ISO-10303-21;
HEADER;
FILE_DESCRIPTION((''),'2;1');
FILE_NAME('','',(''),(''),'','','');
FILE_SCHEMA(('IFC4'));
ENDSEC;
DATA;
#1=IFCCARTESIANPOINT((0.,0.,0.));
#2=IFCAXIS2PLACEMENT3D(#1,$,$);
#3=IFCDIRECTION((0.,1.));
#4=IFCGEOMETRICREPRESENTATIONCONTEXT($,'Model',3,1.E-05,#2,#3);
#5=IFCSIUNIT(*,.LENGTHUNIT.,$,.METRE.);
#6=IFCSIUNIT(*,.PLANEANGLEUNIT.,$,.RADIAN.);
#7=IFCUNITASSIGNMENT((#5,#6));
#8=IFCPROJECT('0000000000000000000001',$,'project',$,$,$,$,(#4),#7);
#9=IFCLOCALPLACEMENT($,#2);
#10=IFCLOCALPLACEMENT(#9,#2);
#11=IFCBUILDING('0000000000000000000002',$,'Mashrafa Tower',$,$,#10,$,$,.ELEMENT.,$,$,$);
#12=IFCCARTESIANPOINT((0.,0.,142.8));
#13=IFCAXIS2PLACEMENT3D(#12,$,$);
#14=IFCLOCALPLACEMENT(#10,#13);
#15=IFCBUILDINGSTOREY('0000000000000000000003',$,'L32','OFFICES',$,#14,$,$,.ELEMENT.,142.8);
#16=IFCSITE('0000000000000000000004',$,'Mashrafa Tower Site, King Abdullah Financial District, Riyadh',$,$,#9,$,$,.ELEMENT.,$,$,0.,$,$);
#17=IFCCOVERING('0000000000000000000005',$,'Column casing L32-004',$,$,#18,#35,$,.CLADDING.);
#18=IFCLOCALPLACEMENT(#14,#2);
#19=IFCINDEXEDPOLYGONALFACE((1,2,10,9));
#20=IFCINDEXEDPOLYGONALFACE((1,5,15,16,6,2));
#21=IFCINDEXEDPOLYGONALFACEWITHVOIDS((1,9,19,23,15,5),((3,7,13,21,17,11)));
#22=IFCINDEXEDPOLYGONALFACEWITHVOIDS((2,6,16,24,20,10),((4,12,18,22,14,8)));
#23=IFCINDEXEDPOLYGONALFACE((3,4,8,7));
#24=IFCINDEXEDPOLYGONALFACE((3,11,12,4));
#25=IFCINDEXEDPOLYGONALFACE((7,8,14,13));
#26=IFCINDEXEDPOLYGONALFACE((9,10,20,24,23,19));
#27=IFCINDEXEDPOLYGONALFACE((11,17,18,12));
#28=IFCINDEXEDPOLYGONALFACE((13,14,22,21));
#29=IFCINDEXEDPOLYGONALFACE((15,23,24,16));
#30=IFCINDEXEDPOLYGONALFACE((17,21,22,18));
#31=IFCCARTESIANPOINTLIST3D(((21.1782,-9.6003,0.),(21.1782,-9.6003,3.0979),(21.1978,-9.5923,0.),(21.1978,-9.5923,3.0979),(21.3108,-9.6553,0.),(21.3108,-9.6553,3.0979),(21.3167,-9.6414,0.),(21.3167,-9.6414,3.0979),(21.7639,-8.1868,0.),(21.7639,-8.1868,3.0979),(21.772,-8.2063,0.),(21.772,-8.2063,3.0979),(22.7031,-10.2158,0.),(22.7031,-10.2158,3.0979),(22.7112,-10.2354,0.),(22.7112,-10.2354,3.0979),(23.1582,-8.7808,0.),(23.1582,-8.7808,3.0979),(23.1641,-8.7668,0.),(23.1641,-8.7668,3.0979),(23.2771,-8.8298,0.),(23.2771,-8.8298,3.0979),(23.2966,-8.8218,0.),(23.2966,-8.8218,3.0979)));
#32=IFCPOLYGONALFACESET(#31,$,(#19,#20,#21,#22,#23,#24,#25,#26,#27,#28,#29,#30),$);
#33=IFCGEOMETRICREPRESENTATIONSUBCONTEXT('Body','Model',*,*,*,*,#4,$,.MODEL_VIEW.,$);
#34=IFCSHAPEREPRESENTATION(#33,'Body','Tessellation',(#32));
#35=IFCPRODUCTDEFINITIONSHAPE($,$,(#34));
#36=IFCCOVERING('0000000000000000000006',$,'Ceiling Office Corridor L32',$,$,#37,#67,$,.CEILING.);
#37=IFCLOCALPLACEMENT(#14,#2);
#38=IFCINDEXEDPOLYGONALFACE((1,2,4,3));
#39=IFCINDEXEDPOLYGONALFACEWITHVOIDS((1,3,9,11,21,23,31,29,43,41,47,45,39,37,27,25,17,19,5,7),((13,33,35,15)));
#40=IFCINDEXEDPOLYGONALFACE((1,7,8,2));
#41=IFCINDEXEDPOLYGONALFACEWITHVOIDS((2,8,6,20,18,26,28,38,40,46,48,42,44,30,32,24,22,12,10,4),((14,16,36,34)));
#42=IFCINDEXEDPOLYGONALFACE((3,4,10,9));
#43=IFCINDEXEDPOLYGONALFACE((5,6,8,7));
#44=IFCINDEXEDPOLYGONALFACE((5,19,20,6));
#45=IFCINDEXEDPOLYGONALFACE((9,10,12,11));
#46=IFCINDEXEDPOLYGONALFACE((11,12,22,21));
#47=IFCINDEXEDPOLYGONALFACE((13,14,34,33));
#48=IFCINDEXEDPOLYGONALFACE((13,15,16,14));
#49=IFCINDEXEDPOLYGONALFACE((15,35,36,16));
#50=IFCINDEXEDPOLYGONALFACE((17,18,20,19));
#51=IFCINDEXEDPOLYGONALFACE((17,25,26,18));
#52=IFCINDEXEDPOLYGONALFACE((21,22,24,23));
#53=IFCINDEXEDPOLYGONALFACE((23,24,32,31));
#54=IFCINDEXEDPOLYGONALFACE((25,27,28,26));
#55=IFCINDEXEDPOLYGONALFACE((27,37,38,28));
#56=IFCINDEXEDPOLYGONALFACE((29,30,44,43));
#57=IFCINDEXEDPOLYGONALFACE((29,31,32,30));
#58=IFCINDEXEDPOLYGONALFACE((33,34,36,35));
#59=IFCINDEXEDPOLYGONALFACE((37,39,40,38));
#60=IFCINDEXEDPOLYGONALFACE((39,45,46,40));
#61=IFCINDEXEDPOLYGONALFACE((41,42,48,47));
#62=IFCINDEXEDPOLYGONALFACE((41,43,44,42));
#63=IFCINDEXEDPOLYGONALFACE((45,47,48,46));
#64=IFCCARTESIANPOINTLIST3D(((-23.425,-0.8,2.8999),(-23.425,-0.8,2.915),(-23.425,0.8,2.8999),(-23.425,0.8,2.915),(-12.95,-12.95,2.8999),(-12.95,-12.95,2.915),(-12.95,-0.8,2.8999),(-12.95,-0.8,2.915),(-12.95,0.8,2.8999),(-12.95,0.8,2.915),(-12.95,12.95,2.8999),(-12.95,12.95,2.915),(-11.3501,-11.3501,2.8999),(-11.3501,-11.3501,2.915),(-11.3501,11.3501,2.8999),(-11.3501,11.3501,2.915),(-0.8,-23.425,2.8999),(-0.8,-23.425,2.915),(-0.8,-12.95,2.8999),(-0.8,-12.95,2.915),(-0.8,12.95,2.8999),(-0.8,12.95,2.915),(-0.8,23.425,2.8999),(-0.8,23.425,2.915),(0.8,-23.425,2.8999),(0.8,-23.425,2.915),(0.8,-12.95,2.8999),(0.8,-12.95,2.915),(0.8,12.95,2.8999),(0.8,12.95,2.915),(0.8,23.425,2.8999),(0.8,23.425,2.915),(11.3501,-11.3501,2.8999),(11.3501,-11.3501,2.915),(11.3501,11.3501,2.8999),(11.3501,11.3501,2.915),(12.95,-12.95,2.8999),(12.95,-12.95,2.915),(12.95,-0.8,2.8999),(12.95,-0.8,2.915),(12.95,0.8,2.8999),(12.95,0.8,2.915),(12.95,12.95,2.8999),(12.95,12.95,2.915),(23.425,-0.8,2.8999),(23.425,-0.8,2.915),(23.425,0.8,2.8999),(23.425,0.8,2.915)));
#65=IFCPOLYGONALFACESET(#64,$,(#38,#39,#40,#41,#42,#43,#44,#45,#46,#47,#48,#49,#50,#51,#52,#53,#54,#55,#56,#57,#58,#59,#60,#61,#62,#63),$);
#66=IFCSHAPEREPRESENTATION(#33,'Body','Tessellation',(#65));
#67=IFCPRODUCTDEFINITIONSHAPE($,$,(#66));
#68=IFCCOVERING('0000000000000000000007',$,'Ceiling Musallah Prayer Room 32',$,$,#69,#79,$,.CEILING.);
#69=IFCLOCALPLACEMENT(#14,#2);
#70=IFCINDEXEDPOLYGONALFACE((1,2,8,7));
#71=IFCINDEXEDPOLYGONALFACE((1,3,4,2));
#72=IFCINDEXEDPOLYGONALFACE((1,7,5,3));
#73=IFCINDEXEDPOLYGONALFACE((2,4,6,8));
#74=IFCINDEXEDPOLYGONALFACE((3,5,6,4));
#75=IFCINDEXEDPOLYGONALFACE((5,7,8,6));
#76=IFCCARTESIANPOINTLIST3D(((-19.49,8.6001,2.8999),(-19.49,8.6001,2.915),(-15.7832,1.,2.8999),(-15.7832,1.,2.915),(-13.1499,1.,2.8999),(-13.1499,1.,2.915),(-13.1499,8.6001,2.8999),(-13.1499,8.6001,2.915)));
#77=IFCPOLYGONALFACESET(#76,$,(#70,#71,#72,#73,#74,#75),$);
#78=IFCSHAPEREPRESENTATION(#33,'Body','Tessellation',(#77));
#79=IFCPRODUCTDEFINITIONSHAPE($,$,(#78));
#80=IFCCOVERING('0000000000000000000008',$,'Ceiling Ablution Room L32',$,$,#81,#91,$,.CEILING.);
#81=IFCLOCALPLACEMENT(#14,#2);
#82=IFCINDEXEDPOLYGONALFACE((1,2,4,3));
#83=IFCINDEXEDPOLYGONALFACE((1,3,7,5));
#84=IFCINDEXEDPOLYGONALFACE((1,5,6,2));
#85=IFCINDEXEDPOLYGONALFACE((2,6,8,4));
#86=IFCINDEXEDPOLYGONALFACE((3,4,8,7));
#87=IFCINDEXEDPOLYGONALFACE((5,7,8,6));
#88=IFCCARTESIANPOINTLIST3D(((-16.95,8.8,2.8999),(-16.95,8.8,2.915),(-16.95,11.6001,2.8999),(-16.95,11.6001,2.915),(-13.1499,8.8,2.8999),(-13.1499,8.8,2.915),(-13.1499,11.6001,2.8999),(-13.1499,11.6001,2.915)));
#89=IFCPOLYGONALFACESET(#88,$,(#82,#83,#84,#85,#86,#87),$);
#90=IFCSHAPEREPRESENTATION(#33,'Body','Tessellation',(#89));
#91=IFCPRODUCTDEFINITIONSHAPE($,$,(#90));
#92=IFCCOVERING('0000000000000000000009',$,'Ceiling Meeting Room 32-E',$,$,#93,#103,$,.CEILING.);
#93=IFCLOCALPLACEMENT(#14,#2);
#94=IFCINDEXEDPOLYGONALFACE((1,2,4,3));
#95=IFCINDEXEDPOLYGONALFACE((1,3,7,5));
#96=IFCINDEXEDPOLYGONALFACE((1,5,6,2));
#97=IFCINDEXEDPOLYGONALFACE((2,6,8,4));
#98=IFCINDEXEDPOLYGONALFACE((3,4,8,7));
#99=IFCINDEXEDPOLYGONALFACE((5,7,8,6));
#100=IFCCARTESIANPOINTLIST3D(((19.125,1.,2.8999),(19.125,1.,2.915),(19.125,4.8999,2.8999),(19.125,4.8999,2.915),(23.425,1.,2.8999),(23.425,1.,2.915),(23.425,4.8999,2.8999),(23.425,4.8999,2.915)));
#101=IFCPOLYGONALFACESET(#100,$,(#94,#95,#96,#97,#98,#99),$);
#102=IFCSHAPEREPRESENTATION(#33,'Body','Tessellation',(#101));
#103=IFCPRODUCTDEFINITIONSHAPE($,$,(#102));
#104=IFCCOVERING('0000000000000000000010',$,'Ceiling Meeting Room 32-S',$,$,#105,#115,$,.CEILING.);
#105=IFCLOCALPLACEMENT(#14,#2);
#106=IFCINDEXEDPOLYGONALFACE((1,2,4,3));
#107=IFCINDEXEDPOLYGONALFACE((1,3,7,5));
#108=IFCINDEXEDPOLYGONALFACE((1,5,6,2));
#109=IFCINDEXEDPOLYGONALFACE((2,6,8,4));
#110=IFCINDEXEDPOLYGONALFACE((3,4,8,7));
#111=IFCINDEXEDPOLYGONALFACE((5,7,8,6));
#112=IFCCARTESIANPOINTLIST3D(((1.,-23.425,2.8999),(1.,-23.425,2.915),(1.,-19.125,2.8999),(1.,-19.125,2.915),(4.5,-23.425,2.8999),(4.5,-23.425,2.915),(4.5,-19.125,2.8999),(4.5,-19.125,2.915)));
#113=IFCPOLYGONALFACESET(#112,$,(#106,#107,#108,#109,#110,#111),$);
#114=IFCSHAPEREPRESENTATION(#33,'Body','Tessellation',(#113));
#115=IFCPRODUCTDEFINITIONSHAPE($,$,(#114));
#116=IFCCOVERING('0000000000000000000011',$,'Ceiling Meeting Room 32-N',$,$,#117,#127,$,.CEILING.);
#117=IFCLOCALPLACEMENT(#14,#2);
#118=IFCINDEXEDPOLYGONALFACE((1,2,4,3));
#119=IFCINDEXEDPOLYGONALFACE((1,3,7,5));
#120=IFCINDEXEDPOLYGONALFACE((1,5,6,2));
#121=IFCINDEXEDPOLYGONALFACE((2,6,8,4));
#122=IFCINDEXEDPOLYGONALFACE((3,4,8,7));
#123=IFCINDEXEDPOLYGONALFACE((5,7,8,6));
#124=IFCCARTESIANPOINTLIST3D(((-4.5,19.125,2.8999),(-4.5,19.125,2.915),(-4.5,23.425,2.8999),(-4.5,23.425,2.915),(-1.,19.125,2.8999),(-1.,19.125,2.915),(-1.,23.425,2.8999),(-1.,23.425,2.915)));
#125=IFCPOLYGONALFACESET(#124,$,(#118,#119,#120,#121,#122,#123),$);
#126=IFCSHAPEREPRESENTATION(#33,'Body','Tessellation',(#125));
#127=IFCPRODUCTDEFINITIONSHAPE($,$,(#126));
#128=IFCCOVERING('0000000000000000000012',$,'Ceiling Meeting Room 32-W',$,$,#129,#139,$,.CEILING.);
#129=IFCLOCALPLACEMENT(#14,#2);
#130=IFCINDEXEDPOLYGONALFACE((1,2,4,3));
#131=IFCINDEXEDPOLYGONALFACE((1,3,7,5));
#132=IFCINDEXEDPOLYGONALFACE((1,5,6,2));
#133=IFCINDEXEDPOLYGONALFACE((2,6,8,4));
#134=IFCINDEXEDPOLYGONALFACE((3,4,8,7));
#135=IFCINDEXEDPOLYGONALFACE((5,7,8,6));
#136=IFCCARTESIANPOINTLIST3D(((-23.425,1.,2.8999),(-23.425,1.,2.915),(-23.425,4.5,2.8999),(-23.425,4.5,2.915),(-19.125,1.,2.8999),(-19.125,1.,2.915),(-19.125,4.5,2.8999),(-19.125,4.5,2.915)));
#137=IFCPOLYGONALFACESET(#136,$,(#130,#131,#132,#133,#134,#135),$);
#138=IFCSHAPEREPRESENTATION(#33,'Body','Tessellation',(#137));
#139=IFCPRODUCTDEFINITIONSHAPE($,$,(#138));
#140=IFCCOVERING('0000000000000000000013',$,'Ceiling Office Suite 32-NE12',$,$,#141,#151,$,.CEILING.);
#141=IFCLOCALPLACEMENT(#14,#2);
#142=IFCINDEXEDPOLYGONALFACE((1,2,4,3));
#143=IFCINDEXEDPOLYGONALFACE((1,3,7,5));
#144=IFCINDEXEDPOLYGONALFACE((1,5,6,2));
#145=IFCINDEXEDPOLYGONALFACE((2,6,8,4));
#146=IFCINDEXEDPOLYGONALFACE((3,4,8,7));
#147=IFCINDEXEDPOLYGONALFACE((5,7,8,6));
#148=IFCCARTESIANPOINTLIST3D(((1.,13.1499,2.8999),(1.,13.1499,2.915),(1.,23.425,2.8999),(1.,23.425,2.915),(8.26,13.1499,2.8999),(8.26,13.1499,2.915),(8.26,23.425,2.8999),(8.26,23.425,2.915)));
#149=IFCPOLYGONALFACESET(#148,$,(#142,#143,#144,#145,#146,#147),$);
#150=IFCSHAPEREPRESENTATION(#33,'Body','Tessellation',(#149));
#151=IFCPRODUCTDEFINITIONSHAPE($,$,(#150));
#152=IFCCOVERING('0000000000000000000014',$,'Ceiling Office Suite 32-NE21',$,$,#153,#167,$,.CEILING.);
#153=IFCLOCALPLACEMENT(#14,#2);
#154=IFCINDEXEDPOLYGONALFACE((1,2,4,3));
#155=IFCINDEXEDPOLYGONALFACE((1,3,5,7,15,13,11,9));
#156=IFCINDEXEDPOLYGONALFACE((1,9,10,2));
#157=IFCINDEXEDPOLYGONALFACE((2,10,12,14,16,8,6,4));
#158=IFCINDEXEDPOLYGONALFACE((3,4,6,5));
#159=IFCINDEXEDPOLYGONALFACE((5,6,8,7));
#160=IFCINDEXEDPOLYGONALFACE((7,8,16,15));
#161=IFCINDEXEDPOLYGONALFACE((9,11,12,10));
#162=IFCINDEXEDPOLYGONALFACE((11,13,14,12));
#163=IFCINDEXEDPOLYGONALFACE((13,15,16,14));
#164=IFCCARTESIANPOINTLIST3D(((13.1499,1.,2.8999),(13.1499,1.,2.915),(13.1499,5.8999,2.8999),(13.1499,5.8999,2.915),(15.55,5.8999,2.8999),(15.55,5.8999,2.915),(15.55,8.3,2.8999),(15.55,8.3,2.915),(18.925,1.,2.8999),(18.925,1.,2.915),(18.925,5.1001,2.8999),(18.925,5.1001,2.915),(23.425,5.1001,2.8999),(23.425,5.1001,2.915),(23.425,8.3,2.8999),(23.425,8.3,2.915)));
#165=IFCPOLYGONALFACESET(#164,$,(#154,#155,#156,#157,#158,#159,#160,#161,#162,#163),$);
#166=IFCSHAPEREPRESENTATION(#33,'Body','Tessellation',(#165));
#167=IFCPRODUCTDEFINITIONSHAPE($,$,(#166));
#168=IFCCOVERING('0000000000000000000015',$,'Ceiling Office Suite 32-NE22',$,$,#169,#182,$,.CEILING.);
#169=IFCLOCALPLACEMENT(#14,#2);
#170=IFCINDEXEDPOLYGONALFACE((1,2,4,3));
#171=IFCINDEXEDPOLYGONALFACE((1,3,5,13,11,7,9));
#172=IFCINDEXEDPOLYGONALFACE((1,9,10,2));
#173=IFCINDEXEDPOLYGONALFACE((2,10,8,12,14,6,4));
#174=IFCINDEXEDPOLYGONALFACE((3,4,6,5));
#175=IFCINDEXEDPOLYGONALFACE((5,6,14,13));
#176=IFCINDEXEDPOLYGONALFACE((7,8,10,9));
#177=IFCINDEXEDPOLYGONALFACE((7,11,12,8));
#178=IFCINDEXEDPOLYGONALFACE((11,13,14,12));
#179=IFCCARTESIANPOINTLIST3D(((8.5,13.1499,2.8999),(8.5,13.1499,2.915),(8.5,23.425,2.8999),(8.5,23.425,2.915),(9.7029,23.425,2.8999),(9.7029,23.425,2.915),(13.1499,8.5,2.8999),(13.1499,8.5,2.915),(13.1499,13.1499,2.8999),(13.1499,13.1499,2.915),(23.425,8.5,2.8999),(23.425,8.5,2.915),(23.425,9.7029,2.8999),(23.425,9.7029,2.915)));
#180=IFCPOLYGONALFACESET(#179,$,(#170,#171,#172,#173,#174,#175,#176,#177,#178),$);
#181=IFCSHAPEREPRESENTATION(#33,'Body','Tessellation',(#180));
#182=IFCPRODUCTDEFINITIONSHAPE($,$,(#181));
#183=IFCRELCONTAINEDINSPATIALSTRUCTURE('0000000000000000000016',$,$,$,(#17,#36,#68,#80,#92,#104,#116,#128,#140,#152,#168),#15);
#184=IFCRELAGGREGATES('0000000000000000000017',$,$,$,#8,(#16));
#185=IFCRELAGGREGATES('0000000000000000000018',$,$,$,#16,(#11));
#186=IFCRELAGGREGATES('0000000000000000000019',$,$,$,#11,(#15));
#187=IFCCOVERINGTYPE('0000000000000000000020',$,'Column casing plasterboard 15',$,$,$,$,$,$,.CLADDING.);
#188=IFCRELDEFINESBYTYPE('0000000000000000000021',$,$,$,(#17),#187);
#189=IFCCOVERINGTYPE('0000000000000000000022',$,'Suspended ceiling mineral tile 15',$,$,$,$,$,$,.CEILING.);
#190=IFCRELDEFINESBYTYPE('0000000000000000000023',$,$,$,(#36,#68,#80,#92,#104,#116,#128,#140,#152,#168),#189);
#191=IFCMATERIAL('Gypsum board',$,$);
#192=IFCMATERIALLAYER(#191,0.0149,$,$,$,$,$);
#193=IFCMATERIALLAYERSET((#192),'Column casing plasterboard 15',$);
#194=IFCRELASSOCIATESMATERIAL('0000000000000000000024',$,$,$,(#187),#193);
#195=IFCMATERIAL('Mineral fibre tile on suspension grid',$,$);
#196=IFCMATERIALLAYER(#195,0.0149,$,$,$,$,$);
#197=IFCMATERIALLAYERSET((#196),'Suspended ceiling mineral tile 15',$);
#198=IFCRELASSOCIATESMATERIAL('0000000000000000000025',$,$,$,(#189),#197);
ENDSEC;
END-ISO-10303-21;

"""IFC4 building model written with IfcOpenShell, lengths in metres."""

from ifc_helpers import new_model, si_unit, direction, frame, origin, place, context, subcontext, project, spatial, polyline, outline, extrude, material, layer, layer_set, type_object, element, save


model = new_model("IFC4")

# Units and contexts
model_context = context("Model", 3, precision=1e-05, world=origin(), true_north=direction((0.0, 1.0)))
body_context = subcontext(model_context, "Body", "Model", "MODEL_VIEW")
ifc_project = project(units=[si_unit("LENGTHUNIT", "METRE"), si_unit("PLANEANGLEUNIT", "RADIAN")], contexts=[model_context])

# Site, building, storey
site_placement = place(None, origin())
site = spatial("IfcSite", under=ifc_project, at=site_placement, Name="Mashrafa Tower Site, King Abdullah Financial District, Riyadh", CompositionType="ELEMENT", RefElevation=0.0)
building_placement = place(site_placement, origin())
building = spatial("IfcBuilding", under=site, at=building_placement, Name="Mashrafa Tower", CompositionType="ELEMENT")
storey_placement = place(building_placement, frame((0.0, 0.0, 142.8)))
storey = spatial("IfcBuildingStorey", under=building, at=storey_placement, Name="L32", Description="OFFICES", CompositionType="ELEMENT", Elevation=142.8)

# Coverings
ifc_material_1 = material(Name="Gypsum board")
ifc_layer_1 = layer(ifc_material_1, 0.0149)
ifc_layer_set_1 = layer_set([ifc_layer_1], Name="Column casing plasterboard 15")
covering_type_1 = type_object("IfcCoveringType", Name="Column casing plasterboard 15", PredefinedType="CLADDING", material=ifc_layer_set_1)
covering_1_placement = place(storey_placement, origin())
element("IfcCovering", 1, at=covering_1_placement, inside=storey, type_object=covering_type_1, Name="Column casing L32-004", PredefinedType="CLADDING", context=body_context, shape_type="SweptSolid", body=[
    extrude(outline(polyline([(21.3108, -9.6553), (21.1782, -9.6003), (21.7639, -8.1868), (23.1641, -8.7668), (23.2966, -8.8218), (22.7112, -10.2354), (21.3108, -9.6553)]), holes=[polyline([(23.2771, -8.8298), (23.1582, -8.7808), (21.772, -8.2063), (21.1978, -9.5923), (21.3167, -9.6414), (22.7031, -10.2158), (23.2771, -8.8298)])]), origin(), (0.0, 0.0, 1.0), 3.0979),
])
ifc_material_2 = material(Name="Mineral fibre tile on suspension grid")
ifc_layer_2 = layer(ifc_material_2, 0.0149)
ifc_layer_set_2 = layer_set([ifc_layer_2], Name="Suspended ceiling mineral tile 15")
covering_type_2 = type_object("IfcCoveringType", Name="Suspended ceiling mineral tile 15", PredefinedType="CEILING", material=ifc_layer_set_2)
covering_2_placement = place(storey_placement, frame((0.0, 0.0, 2.8999)))
element("IfcCovering", 2, at=covering_2_placement, inside=storey, type_object=covering_type_2, Name="Ceiling Office Corridor L32", PredefinedType="CEILING", context=body_context, shape_type="SweptSolid", body=[
    extrude(outline(polyline([(-12.95, -12.95), (-12.95, -0.8), (-23.425, -0.8), (-23.425, 0.8), (-12.95, 0.8), (-12.95, 12.95), (-0.8, 12.95), (-0.8, 23.425), (0.8, 23.425), (0.8, 12.95), (12.95, 12.95), (12.95, 0.8), (23.425, 0.8), (23.425, -0.8), (12.95, -0.8), (12.95, -12.95), (0.8, -12.95), (0.8, -23.425), (-0.8, -23.425), (-0.8, -12.95), (-12.95, -12.95)]), holes=[polyline([(11.3501, 11.3501), (-11.3501, 11.3501), (-11.3501, -11.3501), (11.3501, -11.3501), (11.3501, 11.3501)])]), origin(), (0.0, 0.0, 1.0), 0.0151),
])
covering_3_placement = place(storey_placement, frame((0.0, 0.0, 2.8999)))
element("IfcCovering", 3, at=covering_3_placement, inside=storey, type_object=covering_type_2, Name="Ceiling Musallah Prayer Room 32", PredefinedType="CEILING", context=body_context, shape_type="SweptSolid", body=[
    extrude(outline(polyline([(-15.7832, 1.0), (-19.49, 8.6001), (-13.1499, 8.6001), (-13.1499, 1.0), (-15.7832, 1.0)])), origin(), (0.0, 0.0, 1.0), 0.0151),
])
covering_4_placement = place(storey_placement, frame((0.0, 0.0, 2.8999)))
element("IfcCovering", 4, at=covering_4_placement, inside=storey, type_object=covering_type_2, Name="Ceiling Ablution Room L32", PredefinedType="CEILING", context=body_context, shape_type="SweptSolid", body=[
    extrude(outline(polyline([(-16.95, 8.8), (-16.95, 11.6001), (-13.1499, 11.6001), (-13.1499, 8.8), (-16.95, 8.8)])), origin(), (0.0, 0.0, 1.0), 0.0151),
])
covering_5_placement = place(storey_placement, frame((0.0, 0.0, 2.8999)))
element("IfcCovering", 5, at=covering_5_placement, inside=storey, type_object=covering_type_2, Name="Ceiling Meeting Room 32-E", PredefinedType="CEILING", context=body_context, shape_type="SweptSolid", body=[
    extrude(outline(polyline([(19.125, 4.8999), (23.425, 4.8999), (23.425, 1.0), (19.125, 1.0), (19.125, 4.8999)])), origin(), (0.0, 0.0, 1.0), 0.0151),
])
covering_6_placement = place(storey_placement, frame((0.0, 0.0, 2.8999)))
element("IfcCovering", 6, at=covering_6_placement, inside=storey, type_object=covering_type_2, Name="Ceiling Meeting Room 32-S", PredefinedType="CEILING", context=body_context, shape_type="SweptSolid", body=[
    extrude(outline(polyline([(1.0, -19.125), (4.5, -19.125), (4.5, -23.425), (1.0, -23.425), (1.0, -19.125)])), origin(), (0.0, 0.0, 1.0), 0.0151),
])
covering_7_placement = place(storey_placement, frame((0.0, 0.0, 2.8999)))
element("IfcCovering", 7, at=covering_7_placement, inside=storey, type_object=covering_type_2, Name="Ceiling Meeting Room 32-N", PredefinedType="CEILING", context=body_context, shape_type="SweptSolid", body=[
    extrude(outline(polyline([(-4.5, 23.425), (-1.0, 23.425), (-1.0, 19.125), (-4.5, 19.125), (-4.5, 23.425)])), origin(), (0.0, 0.0, 1.0), 0.0151),
])
covering_8_placement = place(storey_placement, frame((0.0, 0.0, 2.8999)))
element("IfcCovering", 8, at=covering_8_placement, inside=storey, type_object=covering_type_2, Name="Ceiling Meeting Room 32-W", PredefinedType="CEILING", context=body_context, shape_type="SweptSolid", body=[
    extrude(outline(polyline([(-19.125, 4.5), (-19.125, 1.0), (-23.425, 1.0), (-23.425, 4.5), (-19.125, 4.5)])), origin(), (0.0, 0.0, 1.0), 0.0151),
])
covering_9_placement = place(storey_placement, frame((0.0, 0.0, 2.8999)))
element("IfcCovering", 9, at=covering_9_placement, inside=storey, type_object=covering_type_2, Name="Ceiling Office Suite 32-NE12", PredefinedType="CEILING", context=body_context, shape_type="SweptSolid", body=[
    extrude(outline(polyline([(1.0, 23.425), (8.26, 23.425), (8.26, 13.1499), (1.0, 13.1499), (1.0, 23.425)])), origin(), (0.0, 0.0, 1.0), 0.0151),
])
covering_10_placement = place(storey_placement, frame((0.0, 0.0, 2.8999)))
element("IfcCovering", 10, at=covering_10_placement, inside=storey, type_object=covering_type_2, Name="Ceiling Office Suite 32-NE21", PredefinedType="CEILING", context=body_context, shape_type="SweptSolid", body=[
    extrude(outline(polyline([(15.55, 8.3), (23.425, 8.3), (23.425, 5.1001), (18.925, 5.1001), (18.925, 1.0), (13.1499, 1.0), (13.1499, 5.8999), (15.55, 5.8999), (15.55, 8.3)])), origin(), (0.0, 0.0, 1.0), 0.0151),
])
covering_11_placement = place(storey_placement, frame((0.0, 0.0, 2.8999)))
element("IfcCovering", 11, at=covering_11_placement, inside=storey, type_object=covering_type_2, Name="Ceiling Office Suite 32-NE22", PredefinedType="CEILING", context=body_context, shape_type="SweptSolid", body=[
    extrude(outline(polyline([(8.5, 13.1499), (8.5, 23.425), (9.7029, 23.425), (23.425, 9.7029), (23.425, 8.5), (13.1499, 8.5), (13.1499, 13.1499), (8.5, 13.1499)])), origin(), (0.0, 0.0, 1.0), 0.0151),
])

save(model, "model.ifc")
